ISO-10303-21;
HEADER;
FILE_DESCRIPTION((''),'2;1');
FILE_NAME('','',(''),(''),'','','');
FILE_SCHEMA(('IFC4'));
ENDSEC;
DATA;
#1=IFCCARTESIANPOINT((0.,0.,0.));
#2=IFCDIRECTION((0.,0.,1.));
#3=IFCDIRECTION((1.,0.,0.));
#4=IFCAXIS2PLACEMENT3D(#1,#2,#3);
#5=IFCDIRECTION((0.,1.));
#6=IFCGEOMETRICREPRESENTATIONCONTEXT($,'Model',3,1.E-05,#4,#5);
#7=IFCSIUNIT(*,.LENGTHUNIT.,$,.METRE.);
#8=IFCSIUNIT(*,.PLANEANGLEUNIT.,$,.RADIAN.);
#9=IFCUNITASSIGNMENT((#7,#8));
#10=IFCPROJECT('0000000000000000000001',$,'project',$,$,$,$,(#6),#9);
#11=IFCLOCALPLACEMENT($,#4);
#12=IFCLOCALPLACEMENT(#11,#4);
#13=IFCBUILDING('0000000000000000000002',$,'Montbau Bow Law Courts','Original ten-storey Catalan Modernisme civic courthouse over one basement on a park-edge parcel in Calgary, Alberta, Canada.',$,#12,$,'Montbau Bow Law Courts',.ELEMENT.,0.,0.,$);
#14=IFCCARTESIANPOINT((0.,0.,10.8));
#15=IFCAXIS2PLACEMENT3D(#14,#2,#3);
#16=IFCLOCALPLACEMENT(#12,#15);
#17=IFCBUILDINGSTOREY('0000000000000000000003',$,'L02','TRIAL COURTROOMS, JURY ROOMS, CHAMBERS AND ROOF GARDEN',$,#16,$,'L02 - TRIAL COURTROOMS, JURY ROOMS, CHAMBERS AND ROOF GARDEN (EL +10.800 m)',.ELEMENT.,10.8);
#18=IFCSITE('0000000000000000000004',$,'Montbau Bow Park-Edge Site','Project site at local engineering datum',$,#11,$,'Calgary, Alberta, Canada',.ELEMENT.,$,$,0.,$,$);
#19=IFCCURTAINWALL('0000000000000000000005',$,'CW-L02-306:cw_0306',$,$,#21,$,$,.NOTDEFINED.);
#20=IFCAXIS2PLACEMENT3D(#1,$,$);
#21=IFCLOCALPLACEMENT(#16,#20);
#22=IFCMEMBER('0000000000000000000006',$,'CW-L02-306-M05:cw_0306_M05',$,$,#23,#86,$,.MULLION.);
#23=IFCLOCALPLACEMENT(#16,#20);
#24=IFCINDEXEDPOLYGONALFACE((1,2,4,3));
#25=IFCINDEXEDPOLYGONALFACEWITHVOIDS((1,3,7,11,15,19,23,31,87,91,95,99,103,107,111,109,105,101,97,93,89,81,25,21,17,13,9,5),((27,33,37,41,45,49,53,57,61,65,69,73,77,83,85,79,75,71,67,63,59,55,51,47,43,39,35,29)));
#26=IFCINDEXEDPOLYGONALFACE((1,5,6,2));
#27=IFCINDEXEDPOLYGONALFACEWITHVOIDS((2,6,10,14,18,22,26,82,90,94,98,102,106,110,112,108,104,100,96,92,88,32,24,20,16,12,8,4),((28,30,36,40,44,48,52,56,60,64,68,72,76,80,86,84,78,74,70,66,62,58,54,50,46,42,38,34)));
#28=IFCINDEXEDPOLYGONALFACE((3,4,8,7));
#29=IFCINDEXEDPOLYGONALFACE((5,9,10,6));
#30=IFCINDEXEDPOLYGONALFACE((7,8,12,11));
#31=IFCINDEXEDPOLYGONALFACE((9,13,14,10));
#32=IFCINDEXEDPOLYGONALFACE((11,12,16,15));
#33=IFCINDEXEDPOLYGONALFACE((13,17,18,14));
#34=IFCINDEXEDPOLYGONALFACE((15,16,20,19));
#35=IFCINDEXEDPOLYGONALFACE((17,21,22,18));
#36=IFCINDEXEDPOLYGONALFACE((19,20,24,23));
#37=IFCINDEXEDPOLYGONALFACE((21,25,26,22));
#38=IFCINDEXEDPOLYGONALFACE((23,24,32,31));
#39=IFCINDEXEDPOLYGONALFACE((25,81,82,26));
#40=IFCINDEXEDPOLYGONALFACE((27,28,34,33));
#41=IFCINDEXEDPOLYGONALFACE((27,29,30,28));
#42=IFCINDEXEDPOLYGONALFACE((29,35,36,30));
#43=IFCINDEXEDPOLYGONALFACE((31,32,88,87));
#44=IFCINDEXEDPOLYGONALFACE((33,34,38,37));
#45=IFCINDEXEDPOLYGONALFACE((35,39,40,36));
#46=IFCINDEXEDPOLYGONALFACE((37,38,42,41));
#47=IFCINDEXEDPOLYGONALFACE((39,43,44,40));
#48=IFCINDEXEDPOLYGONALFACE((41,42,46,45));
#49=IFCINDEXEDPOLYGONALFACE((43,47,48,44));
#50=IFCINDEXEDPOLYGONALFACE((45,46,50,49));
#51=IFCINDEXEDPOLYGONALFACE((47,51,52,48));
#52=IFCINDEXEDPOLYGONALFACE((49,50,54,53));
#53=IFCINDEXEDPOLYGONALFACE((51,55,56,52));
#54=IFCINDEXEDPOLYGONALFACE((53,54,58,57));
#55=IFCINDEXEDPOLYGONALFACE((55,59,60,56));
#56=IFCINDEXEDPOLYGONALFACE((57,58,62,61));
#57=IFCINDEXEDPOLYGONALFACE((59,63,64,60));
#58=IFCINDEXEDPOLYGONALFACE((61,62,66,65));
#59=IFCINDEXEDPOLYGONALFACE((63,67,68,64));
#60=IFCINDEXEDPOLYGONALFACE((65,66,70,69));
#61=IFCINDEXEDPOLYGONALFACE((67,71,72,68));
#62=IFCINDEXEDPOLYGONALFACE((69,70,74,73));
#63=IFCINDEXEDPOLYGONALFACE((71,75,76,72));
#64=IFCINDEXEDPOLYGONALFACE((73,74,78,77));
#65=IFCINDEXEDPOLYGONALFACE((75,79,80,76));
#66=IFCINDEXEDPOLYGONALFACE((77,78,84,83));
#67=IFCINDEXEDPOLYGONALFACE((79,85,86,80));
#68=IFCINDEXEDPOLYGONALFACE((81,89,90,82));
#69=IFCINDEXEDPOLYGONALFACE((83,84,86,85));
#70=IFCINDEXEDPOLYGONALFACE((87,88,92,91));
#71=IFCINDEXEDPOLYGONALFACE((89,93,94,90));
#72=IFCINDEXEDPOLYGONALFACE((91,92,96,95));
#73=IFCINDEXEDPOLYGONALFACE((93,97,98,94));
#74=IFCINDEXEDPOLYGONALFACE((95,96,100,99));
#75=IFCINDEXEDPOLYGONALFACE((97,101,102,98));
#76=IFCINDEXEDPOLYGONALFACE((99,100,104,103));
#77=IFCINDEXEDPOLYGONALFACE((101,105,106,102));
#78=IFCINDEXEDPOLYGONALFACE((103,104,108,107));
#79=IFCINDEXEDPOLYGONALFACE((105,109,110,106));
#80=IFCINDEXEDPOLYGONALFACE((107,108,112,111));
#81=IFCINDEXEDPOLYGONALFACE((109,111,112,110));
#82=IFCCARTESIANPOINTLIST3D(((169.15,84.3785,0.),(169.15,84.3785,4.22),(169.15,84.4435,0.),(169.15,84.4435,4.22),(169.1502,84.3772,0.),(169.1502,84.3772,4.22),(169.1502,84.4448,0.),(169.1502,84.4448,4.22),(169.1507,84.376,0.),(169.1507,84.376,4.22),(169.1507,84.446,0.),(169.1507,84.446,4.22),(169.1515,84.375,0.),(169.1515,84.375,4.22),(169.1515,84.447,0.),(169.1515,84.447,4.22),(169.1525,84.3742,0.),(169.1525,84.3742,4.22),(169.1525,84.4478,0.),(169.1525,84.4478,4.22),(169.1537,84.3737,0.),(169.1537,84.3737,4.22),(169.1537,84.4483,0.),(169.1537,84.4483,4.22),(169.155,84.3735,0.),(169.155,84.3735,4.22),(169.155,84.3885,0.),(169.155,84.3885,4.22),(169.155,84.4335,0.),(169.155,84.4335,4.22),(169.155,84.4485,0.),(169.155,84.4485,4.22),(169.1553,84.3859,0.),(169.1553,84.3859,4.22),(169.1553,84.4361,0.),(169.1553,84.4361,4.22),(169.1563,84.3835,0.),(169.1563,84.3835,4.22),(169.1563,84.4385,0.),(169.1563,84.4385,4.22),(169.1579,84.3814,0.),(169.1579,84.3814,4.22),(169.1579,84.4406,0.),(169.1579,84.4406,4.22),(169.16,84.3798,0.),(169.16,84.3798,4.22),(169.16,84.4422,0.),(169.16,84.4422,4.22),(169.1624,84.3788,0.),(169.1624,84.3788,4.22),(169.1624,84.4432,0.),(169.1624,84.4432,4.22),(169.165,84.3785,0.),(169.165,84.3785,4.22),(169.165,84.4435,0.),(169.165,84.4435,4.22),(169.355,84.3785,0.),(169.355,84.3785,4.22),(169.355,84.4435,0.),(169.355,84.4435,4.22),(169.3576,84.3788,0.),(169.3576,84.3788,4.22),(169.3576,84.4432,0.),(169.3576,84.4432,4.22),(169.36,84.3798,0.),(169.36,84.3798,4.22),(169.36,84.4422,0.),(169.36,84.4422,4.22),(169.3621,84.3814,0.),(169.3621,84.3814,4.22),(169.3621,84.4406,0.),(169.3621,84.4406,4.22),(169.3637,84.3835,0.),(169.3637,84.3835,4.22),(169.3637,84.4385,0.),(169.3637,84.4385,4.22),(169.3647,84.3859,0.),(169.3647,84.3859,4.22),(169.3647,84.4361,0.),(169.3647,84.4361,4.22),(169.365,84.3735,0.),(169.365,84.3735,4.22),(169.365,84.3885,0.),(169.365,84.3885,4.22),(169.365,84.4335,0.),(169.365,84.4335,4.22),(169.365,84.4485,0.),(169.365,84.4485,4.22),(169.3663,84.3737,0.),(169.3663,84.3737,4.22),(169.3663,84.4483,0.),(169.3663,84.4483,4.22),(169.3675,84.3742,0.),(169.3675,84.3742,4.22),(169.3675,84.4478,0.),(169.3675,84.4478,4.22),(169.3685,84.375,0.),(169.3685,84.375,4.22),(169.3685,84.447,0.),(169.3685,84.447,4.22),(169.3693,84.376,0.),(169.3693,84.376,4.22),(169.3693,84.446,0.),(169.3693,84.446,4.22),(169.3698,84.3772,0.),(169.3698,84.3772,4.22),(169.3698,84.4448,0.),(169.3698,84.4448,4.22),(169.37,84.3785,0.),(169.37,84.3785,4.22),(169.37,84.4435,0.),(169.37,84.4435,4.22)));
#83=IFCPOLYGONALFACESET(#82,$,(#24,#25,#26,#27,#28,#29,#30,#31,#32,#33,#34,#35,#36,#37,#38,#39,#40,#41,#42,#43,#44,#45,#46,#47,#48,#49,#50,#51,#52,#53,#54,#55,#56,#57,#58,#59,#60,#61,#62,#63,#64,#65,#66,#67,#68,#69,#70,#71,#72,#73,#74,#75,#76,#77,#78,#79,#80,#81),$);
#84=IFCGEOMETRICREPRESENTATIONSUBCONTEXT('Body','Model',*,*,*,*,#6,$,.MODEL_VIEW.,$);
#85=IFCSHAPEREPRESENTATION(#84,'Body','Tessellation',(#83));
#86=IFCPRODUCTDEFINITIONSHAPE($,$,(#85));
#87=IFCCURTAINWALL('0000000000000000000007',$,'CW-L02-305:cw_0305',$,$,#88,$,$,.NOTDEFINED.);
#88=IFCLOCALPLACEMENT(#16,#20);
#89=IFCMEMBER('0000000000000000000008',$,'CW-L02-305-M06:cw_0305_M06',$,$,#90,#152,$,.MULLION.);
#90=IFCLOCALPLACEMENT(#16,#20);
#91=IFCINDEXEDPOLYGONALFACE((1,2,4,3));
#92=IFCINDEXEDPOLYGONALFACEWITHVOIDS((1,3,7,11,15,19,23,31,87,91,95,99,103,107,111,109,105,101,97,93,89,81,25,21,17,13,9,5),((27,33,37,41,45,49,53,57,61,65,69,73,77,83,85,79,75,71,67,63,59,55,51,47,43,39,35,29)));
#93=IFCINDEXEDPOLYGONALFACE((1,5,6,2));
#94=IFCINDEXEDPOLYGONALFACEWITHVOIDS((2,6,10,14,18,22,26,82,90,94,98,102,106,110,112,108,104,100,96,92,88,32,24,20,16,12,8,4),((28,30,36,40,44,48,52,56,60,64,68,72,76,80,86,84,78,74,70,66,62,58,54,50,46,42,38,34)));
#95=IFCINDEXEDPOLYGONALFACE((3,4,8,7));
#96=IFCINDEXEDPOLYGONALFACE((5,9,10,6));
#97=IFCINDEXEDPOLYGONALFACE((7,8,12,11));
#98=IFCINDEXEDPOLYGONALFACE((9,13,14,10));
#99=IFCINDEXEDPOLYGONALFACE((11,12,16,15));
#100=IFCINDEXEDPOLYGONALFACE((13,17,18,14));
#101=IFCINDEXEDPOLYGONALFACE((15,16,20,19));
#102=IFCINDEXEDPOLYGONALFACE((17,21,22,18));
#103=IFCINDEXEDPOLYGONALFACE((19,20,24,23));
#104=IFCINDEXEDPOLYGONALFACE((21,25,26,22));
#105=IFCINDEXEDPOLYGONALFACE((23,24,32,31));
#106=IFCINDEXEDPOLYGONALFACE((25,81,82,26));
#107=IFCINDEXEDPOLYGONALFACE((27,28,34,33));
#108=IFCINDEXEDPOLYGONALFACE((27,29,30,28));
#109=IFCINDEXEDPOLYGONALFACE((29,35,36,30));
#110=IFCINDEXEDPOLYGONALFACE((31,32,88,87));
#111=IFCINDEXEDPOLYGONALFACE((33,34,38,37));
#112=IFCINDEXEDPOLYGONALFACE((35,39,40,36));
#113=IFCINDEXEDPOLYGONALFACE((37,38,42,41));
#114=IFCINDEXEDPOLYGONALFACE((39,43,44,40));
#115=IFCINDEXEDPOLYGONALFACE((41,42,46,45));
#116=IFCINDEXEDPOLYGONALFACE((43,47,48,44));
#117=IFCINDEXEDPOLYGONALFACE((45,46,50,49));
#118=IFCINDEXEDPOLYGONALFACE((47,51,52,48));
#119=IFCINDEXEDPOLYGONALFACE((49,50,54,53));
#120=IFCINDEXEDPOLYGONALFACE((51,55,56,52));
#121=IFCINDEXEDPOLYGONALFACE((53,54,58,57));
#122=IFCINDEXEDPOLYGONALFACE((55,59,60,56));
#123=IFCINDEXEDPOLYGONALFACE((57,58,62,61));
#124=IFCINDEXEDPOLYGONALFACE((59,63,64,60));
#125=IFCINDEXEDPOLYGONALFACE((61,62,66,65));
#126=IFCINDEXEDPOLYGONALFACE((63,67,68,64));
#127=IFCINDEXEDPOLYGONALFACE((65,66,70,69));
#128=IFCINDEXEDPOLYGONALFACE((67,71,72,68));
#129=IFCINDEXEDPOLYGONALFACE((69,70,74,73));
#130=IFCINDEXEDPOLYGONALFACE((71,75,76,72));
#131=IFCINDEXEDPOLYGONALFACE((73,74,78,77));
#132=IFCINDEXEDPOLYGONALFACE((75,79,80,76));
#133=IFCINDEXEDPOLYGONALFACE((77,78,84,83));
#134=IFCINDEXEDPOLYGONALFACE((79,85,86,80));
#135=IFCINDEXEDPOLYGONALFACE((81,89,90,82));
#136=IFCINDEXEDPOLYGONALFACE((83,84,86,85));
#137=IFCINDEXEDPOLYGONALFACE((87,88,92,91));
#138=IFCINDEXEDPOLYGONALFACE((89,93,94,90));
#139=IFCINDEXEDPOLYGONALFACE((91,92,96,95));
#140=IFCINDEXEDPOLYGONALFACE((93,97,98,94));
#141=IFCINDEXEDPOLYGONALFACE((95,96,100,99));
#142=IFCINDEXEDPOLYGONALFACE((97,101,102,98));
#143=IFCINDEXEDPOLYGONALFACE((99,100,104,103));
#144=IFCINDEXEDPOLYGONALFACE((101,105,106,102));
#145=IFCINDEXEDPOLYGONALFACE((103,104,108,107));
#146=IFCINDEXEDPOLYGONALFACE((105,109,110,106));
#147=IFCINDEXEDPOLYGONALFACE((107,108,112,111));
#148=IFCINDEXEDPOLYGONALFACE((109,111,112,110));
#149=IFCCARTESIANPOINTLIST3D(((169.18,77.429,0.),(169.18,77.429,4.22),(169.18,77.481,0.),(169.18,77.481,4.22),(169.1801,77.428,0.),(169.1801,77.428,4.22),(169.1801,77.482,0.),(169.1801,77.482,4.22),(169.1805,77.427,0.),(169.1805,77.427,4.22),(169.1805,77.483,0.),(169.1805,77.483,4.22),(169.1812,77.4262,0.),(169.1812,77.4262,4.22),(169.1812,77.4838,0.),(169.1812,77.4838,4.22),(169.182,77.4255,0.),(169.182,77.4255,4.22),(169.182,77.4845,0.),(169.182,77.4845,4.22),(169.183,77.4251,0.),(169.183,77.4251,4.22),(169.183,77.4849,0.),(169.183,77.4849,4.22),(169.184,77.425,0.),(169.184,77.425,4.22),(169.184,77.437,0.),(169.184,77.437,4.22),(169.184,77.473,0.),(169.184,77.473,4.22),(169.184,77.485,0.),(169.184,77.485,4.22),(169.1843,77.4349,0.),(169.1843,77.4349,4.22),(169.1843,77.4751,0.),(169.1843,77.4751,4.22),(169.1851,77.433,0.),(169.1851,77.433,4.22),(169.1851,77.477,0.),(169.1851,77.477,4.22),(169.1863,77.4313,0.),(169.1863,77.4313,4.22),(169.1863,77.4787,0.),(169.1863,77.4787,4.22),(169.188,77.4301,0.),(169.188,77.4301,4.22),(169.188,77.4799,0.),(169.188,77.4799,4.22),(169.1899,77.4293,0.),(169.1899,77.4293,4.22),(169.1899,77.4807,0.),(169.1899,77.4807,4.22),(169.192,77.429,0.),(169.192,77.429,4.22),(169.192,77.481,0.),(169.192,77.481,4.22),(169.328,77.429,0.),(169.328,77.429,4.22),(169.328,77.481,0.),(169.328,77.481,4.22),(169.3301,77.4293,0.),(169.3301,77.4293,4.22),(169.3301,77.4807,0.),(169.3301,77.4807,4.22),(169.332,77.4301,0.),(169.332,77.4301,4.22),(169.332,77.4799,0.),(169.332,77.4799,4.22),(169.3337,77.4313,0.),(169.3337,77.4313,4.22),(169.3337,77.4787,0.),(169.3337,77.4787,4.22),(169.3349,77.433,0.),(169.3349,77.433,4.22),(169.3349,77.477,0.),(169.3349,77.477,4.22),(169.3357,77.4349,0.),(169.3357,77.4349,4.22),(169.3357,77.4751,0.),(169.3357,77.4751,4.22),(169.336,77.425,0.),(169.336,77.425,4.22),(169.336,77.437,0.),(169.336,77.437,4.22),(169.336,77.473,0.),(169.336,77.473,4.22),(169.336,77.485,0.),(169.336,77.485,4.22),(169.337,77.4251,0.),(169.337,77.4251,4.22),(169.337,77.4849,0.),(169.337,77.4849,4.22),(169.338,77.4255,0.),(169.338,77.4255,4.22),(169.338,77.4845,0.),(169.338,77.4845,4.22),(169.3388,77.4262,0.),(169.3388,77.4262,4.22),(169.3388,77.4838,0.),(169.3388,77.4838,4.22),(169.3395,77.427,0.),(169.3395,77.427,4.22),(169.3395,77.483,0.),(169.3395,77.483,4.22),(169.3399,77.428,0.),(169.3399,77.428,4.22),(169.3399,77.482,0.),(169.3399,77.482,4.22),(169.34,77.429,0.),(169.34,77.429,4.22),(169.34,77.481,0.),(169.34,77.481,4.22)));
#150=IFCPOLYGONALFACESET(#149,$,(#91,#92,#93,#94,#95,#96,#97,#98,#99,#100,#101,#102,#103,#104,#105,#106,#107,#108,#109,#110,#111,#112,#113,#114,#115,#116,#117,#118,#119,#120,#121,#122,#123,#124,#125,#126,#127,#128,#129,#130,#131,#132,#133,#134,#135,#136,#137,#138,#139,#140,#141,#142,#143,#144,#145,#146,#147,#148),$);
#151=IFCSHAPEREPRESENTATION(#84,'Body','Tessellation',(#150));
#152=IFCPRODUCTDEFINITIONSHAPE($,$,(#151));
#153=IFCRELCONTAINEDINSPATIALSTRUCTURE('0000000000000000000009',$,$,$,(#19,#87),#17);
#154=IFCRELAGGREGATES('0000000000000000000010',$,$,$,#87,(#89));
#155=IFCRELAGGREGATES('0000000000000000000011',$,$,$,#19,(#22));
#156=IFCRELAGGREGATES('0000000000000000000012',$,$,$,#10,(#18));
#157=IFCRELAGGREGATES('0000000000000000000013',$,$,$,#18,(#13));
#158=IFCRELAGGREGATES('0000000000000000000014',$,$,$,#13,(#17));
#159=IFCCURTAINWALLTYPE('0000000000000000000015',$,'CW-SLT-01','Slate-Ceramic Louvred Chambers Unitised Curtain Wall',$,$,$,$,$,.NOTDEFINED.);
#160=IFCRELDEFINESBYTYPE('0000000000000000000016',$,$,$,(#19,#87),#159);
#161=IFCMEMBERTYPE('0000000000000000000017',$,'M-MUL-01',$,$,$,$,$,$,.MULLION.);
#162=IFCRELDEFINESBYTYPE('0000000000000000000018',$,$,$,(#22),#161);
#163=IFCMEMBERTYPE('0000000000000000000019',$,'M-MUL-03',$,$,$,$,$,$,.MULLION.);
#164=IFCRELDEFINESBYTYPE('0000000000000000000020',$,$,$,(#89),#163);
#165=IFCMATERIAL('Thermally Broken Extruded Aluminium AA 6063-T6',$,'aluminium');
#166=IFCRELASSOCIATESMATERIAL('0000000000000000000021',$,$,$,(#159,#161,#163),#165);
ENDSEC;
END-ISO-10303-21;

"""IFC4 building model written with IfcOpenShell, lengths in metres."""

from ifc_helpers import new_model, si_unit, direction, frame, origin_with_axes, origin_2d_with_axis, place, context, subcontext, project, spatial, hollow_rectangle, extrude, material, material_profile, profile_set, type_object, element, aggregate, save


model = new_model("IFC4")

# Units and contexts
model_context = context("Model", 3, precision=1e-05, world=origin_with_axes(), true_north=direction((0.0, 1.0)))
body_context = subcontext(model_context, "Body", "Model", "MODEL_VIEW")
ifc_project = project(units=[si_unit("LENGTHUNIT", "METRE"), si_unit("PLANEANGLEUNIT", "RADIAN")], contexts=[model_context])

# Site, building, storey
site_placement = place(None, origin_with_axes())
site = spatial("IfcSite", under=ifc_project, at=site_placement, Name="Montbau Bow Park-Edge Site", Description="Project site at local engineering datum", LongName="Calgary, Alberta, Canada", CompositionType="ELEMENT", RefElevation=0.0)
building_placement = place(site_placement, origin_with_axes())
building = spatial("IfcBuilding", under=site, at=building_placement, Name="Montbau Bow Law Courts", Description="Original ten-storey Catalan Modernisme civic courthouse over one basement on a park-edge parcel in Calgary, Alberta, Canada.", LongName="Montbau Bow Law Courts", CompositionType="ELEMENT", ElevationOfRefHeight=0.0, ElevationOfTerrain=0.0)
storey_placement = place(building_placement, frame((0.0, 0.0, 10.8), z_axis=(0.0, 0.0, 1.0), x_axis=(1.0, 0.0, 0.0)))
storey = spatial("IfcBuildingStorey", under=building, at=storey_placement, Name="L02", Description="TRIAL COURTROOMS, JURY ROOMS, CHAMBERS AND ROOF GARDEN", LongName="L02 - TRIAL COURTROOMS, JURY ROOMS, CHAMBERS AND ROOF GARDEN (EL +10.800 m)", CompositionType="ELEMENT", Elevation=10.8)

# Curtain wall, member
ifc_material_1 = material(Name="Thermally Broken Extruded Aluminium AA 6063-T6", Category="aluminium")
curtain_wall_type = type_object("IfcCurtainWallType", Name="CW-SLT-01", Description="Slate-Ceramic Louvred Chambers Unitised Curtain Wall", PredefinedType="NOTDEFINED", material=ifc_material_1)
curtain_wall_1_placement = place(None, frame((169.26, 78.515, 10.8), z_axis=(0.0, 0.0, 1.0), x_axis=(1.0, 0.0, 0.0)))
curtain_wall_1 = element("IfcCurtainWall", 1, at=curtain_wall_1_placement, inside=storey, type_object=curtain_wall_type, Name="CW-L02-306:cw_0306", PredefinedType="NOTDEFINED")
ifc_material_profile_1 = material_profile(ifc_material_1, hollow_rectangle(XDim=0.075, YDim=0.22, WallThickness=0.005, InnerFilletRadius=0.01, OuterFilletRadius=0.005, at=origin_2d_with_axis()), Name="CWM-220X75", Category="Main", Priority=0)
ifc_profile_set_1 = profile_set([ifc_material_profile_1], Name="Thermally Broken Extruded Aluminium AA 6063-T6")
member_type_1 = type_object("IfcMemberType", Name="M-MUL-01", PredefinedType="MULLION", material=ifc_profile_set_1)
member_1_placement = place(None, frame((169.26, 84.411, 10.8), z_axis=(0.0, 0.0, 1.0), x_axis=(0.0, 1.0, 0.0)))
member_1 = element("IfcMember", 2, at=member_1_placement, type_object=member_type_1, Name="CW-L02-306-M05:cw_0306_M05", PredefinedType="MULLION", context=body_context, shape_type="SweptSolid", body=[
    extrude(hollow_rectangle(XDim=0.075, YDim=0.22, WallThickness=0.005, InnerFilletRadius=0.01, OuterFilletRadius=0.005, at=origin_2d_with_axis()), origin_with_axes(), (0.0, 0.0, 1.0), 4.22),
])

# Curtain wall, member
curtain_wall_2_placement = place(None, frame((169.26, 70.115, 10.8), z_axis=(0.0, 0.0, 1.0), x_axis=(1.0, 0.0, 0.0)))
curtain_wall_2 = element("IfcCurtainWall", 3, at=curtain_wall_2_placement, inside=storey, type_object=curtain_wall_type, Name="CW-L02-305:cw_0305", PredefinedType="NOTDEFINED")
ifc_material_profile_2 = material_profile(ifc_material_1, hollow_rectangle(XDim=0.06, YDim=0.16, WallThickness=0.004, InnerFilletRadius=0.008, OuterFilletRadius=0.004, at=origin_2d_with_axis()), Name="CWM-160X60", Category="Main", Priority=0)
ifc_profile_set_2 = profile_set([ifc_material_profile_2], Name="Thermally Broken Extruded Aluminium AA 6063-T6")
member_type_2 = type_object("IfcMemberType", Name="M-MUL-03", PredefinedType="MULLION", material=ifc_profile_set_2)
member_2_placement = place(None, frame((169.26, 77.455, 10.8), z_axis=(0.0, 0.0, 1.0), x_axis=(0.0, 1.0, 0.0)))
member_2 = element("IfcMember", 4, at=member_2_placement, type_object=member_type_2, Name="CW-L02-305-M06:cw_0305_M06", PredefinedType="MULLION", context=body_context, shape_type="SweptSolid", body=[
    extrude(hollow_rectangle(XDim=0.06, YDim=0.16, WallThickness=0.004, InnerFilletRadius=0.008, OuterFilletRadius=0.004, at=origin_2d_with_axis()), origin_with_axes(), (0.0, 0.0, 1.0), 4.22),
])

aggregate(curtain_wall_2, [member_2])

aggregate(curtain_wall_1, [member_1])

save(model, "model.ifc")
